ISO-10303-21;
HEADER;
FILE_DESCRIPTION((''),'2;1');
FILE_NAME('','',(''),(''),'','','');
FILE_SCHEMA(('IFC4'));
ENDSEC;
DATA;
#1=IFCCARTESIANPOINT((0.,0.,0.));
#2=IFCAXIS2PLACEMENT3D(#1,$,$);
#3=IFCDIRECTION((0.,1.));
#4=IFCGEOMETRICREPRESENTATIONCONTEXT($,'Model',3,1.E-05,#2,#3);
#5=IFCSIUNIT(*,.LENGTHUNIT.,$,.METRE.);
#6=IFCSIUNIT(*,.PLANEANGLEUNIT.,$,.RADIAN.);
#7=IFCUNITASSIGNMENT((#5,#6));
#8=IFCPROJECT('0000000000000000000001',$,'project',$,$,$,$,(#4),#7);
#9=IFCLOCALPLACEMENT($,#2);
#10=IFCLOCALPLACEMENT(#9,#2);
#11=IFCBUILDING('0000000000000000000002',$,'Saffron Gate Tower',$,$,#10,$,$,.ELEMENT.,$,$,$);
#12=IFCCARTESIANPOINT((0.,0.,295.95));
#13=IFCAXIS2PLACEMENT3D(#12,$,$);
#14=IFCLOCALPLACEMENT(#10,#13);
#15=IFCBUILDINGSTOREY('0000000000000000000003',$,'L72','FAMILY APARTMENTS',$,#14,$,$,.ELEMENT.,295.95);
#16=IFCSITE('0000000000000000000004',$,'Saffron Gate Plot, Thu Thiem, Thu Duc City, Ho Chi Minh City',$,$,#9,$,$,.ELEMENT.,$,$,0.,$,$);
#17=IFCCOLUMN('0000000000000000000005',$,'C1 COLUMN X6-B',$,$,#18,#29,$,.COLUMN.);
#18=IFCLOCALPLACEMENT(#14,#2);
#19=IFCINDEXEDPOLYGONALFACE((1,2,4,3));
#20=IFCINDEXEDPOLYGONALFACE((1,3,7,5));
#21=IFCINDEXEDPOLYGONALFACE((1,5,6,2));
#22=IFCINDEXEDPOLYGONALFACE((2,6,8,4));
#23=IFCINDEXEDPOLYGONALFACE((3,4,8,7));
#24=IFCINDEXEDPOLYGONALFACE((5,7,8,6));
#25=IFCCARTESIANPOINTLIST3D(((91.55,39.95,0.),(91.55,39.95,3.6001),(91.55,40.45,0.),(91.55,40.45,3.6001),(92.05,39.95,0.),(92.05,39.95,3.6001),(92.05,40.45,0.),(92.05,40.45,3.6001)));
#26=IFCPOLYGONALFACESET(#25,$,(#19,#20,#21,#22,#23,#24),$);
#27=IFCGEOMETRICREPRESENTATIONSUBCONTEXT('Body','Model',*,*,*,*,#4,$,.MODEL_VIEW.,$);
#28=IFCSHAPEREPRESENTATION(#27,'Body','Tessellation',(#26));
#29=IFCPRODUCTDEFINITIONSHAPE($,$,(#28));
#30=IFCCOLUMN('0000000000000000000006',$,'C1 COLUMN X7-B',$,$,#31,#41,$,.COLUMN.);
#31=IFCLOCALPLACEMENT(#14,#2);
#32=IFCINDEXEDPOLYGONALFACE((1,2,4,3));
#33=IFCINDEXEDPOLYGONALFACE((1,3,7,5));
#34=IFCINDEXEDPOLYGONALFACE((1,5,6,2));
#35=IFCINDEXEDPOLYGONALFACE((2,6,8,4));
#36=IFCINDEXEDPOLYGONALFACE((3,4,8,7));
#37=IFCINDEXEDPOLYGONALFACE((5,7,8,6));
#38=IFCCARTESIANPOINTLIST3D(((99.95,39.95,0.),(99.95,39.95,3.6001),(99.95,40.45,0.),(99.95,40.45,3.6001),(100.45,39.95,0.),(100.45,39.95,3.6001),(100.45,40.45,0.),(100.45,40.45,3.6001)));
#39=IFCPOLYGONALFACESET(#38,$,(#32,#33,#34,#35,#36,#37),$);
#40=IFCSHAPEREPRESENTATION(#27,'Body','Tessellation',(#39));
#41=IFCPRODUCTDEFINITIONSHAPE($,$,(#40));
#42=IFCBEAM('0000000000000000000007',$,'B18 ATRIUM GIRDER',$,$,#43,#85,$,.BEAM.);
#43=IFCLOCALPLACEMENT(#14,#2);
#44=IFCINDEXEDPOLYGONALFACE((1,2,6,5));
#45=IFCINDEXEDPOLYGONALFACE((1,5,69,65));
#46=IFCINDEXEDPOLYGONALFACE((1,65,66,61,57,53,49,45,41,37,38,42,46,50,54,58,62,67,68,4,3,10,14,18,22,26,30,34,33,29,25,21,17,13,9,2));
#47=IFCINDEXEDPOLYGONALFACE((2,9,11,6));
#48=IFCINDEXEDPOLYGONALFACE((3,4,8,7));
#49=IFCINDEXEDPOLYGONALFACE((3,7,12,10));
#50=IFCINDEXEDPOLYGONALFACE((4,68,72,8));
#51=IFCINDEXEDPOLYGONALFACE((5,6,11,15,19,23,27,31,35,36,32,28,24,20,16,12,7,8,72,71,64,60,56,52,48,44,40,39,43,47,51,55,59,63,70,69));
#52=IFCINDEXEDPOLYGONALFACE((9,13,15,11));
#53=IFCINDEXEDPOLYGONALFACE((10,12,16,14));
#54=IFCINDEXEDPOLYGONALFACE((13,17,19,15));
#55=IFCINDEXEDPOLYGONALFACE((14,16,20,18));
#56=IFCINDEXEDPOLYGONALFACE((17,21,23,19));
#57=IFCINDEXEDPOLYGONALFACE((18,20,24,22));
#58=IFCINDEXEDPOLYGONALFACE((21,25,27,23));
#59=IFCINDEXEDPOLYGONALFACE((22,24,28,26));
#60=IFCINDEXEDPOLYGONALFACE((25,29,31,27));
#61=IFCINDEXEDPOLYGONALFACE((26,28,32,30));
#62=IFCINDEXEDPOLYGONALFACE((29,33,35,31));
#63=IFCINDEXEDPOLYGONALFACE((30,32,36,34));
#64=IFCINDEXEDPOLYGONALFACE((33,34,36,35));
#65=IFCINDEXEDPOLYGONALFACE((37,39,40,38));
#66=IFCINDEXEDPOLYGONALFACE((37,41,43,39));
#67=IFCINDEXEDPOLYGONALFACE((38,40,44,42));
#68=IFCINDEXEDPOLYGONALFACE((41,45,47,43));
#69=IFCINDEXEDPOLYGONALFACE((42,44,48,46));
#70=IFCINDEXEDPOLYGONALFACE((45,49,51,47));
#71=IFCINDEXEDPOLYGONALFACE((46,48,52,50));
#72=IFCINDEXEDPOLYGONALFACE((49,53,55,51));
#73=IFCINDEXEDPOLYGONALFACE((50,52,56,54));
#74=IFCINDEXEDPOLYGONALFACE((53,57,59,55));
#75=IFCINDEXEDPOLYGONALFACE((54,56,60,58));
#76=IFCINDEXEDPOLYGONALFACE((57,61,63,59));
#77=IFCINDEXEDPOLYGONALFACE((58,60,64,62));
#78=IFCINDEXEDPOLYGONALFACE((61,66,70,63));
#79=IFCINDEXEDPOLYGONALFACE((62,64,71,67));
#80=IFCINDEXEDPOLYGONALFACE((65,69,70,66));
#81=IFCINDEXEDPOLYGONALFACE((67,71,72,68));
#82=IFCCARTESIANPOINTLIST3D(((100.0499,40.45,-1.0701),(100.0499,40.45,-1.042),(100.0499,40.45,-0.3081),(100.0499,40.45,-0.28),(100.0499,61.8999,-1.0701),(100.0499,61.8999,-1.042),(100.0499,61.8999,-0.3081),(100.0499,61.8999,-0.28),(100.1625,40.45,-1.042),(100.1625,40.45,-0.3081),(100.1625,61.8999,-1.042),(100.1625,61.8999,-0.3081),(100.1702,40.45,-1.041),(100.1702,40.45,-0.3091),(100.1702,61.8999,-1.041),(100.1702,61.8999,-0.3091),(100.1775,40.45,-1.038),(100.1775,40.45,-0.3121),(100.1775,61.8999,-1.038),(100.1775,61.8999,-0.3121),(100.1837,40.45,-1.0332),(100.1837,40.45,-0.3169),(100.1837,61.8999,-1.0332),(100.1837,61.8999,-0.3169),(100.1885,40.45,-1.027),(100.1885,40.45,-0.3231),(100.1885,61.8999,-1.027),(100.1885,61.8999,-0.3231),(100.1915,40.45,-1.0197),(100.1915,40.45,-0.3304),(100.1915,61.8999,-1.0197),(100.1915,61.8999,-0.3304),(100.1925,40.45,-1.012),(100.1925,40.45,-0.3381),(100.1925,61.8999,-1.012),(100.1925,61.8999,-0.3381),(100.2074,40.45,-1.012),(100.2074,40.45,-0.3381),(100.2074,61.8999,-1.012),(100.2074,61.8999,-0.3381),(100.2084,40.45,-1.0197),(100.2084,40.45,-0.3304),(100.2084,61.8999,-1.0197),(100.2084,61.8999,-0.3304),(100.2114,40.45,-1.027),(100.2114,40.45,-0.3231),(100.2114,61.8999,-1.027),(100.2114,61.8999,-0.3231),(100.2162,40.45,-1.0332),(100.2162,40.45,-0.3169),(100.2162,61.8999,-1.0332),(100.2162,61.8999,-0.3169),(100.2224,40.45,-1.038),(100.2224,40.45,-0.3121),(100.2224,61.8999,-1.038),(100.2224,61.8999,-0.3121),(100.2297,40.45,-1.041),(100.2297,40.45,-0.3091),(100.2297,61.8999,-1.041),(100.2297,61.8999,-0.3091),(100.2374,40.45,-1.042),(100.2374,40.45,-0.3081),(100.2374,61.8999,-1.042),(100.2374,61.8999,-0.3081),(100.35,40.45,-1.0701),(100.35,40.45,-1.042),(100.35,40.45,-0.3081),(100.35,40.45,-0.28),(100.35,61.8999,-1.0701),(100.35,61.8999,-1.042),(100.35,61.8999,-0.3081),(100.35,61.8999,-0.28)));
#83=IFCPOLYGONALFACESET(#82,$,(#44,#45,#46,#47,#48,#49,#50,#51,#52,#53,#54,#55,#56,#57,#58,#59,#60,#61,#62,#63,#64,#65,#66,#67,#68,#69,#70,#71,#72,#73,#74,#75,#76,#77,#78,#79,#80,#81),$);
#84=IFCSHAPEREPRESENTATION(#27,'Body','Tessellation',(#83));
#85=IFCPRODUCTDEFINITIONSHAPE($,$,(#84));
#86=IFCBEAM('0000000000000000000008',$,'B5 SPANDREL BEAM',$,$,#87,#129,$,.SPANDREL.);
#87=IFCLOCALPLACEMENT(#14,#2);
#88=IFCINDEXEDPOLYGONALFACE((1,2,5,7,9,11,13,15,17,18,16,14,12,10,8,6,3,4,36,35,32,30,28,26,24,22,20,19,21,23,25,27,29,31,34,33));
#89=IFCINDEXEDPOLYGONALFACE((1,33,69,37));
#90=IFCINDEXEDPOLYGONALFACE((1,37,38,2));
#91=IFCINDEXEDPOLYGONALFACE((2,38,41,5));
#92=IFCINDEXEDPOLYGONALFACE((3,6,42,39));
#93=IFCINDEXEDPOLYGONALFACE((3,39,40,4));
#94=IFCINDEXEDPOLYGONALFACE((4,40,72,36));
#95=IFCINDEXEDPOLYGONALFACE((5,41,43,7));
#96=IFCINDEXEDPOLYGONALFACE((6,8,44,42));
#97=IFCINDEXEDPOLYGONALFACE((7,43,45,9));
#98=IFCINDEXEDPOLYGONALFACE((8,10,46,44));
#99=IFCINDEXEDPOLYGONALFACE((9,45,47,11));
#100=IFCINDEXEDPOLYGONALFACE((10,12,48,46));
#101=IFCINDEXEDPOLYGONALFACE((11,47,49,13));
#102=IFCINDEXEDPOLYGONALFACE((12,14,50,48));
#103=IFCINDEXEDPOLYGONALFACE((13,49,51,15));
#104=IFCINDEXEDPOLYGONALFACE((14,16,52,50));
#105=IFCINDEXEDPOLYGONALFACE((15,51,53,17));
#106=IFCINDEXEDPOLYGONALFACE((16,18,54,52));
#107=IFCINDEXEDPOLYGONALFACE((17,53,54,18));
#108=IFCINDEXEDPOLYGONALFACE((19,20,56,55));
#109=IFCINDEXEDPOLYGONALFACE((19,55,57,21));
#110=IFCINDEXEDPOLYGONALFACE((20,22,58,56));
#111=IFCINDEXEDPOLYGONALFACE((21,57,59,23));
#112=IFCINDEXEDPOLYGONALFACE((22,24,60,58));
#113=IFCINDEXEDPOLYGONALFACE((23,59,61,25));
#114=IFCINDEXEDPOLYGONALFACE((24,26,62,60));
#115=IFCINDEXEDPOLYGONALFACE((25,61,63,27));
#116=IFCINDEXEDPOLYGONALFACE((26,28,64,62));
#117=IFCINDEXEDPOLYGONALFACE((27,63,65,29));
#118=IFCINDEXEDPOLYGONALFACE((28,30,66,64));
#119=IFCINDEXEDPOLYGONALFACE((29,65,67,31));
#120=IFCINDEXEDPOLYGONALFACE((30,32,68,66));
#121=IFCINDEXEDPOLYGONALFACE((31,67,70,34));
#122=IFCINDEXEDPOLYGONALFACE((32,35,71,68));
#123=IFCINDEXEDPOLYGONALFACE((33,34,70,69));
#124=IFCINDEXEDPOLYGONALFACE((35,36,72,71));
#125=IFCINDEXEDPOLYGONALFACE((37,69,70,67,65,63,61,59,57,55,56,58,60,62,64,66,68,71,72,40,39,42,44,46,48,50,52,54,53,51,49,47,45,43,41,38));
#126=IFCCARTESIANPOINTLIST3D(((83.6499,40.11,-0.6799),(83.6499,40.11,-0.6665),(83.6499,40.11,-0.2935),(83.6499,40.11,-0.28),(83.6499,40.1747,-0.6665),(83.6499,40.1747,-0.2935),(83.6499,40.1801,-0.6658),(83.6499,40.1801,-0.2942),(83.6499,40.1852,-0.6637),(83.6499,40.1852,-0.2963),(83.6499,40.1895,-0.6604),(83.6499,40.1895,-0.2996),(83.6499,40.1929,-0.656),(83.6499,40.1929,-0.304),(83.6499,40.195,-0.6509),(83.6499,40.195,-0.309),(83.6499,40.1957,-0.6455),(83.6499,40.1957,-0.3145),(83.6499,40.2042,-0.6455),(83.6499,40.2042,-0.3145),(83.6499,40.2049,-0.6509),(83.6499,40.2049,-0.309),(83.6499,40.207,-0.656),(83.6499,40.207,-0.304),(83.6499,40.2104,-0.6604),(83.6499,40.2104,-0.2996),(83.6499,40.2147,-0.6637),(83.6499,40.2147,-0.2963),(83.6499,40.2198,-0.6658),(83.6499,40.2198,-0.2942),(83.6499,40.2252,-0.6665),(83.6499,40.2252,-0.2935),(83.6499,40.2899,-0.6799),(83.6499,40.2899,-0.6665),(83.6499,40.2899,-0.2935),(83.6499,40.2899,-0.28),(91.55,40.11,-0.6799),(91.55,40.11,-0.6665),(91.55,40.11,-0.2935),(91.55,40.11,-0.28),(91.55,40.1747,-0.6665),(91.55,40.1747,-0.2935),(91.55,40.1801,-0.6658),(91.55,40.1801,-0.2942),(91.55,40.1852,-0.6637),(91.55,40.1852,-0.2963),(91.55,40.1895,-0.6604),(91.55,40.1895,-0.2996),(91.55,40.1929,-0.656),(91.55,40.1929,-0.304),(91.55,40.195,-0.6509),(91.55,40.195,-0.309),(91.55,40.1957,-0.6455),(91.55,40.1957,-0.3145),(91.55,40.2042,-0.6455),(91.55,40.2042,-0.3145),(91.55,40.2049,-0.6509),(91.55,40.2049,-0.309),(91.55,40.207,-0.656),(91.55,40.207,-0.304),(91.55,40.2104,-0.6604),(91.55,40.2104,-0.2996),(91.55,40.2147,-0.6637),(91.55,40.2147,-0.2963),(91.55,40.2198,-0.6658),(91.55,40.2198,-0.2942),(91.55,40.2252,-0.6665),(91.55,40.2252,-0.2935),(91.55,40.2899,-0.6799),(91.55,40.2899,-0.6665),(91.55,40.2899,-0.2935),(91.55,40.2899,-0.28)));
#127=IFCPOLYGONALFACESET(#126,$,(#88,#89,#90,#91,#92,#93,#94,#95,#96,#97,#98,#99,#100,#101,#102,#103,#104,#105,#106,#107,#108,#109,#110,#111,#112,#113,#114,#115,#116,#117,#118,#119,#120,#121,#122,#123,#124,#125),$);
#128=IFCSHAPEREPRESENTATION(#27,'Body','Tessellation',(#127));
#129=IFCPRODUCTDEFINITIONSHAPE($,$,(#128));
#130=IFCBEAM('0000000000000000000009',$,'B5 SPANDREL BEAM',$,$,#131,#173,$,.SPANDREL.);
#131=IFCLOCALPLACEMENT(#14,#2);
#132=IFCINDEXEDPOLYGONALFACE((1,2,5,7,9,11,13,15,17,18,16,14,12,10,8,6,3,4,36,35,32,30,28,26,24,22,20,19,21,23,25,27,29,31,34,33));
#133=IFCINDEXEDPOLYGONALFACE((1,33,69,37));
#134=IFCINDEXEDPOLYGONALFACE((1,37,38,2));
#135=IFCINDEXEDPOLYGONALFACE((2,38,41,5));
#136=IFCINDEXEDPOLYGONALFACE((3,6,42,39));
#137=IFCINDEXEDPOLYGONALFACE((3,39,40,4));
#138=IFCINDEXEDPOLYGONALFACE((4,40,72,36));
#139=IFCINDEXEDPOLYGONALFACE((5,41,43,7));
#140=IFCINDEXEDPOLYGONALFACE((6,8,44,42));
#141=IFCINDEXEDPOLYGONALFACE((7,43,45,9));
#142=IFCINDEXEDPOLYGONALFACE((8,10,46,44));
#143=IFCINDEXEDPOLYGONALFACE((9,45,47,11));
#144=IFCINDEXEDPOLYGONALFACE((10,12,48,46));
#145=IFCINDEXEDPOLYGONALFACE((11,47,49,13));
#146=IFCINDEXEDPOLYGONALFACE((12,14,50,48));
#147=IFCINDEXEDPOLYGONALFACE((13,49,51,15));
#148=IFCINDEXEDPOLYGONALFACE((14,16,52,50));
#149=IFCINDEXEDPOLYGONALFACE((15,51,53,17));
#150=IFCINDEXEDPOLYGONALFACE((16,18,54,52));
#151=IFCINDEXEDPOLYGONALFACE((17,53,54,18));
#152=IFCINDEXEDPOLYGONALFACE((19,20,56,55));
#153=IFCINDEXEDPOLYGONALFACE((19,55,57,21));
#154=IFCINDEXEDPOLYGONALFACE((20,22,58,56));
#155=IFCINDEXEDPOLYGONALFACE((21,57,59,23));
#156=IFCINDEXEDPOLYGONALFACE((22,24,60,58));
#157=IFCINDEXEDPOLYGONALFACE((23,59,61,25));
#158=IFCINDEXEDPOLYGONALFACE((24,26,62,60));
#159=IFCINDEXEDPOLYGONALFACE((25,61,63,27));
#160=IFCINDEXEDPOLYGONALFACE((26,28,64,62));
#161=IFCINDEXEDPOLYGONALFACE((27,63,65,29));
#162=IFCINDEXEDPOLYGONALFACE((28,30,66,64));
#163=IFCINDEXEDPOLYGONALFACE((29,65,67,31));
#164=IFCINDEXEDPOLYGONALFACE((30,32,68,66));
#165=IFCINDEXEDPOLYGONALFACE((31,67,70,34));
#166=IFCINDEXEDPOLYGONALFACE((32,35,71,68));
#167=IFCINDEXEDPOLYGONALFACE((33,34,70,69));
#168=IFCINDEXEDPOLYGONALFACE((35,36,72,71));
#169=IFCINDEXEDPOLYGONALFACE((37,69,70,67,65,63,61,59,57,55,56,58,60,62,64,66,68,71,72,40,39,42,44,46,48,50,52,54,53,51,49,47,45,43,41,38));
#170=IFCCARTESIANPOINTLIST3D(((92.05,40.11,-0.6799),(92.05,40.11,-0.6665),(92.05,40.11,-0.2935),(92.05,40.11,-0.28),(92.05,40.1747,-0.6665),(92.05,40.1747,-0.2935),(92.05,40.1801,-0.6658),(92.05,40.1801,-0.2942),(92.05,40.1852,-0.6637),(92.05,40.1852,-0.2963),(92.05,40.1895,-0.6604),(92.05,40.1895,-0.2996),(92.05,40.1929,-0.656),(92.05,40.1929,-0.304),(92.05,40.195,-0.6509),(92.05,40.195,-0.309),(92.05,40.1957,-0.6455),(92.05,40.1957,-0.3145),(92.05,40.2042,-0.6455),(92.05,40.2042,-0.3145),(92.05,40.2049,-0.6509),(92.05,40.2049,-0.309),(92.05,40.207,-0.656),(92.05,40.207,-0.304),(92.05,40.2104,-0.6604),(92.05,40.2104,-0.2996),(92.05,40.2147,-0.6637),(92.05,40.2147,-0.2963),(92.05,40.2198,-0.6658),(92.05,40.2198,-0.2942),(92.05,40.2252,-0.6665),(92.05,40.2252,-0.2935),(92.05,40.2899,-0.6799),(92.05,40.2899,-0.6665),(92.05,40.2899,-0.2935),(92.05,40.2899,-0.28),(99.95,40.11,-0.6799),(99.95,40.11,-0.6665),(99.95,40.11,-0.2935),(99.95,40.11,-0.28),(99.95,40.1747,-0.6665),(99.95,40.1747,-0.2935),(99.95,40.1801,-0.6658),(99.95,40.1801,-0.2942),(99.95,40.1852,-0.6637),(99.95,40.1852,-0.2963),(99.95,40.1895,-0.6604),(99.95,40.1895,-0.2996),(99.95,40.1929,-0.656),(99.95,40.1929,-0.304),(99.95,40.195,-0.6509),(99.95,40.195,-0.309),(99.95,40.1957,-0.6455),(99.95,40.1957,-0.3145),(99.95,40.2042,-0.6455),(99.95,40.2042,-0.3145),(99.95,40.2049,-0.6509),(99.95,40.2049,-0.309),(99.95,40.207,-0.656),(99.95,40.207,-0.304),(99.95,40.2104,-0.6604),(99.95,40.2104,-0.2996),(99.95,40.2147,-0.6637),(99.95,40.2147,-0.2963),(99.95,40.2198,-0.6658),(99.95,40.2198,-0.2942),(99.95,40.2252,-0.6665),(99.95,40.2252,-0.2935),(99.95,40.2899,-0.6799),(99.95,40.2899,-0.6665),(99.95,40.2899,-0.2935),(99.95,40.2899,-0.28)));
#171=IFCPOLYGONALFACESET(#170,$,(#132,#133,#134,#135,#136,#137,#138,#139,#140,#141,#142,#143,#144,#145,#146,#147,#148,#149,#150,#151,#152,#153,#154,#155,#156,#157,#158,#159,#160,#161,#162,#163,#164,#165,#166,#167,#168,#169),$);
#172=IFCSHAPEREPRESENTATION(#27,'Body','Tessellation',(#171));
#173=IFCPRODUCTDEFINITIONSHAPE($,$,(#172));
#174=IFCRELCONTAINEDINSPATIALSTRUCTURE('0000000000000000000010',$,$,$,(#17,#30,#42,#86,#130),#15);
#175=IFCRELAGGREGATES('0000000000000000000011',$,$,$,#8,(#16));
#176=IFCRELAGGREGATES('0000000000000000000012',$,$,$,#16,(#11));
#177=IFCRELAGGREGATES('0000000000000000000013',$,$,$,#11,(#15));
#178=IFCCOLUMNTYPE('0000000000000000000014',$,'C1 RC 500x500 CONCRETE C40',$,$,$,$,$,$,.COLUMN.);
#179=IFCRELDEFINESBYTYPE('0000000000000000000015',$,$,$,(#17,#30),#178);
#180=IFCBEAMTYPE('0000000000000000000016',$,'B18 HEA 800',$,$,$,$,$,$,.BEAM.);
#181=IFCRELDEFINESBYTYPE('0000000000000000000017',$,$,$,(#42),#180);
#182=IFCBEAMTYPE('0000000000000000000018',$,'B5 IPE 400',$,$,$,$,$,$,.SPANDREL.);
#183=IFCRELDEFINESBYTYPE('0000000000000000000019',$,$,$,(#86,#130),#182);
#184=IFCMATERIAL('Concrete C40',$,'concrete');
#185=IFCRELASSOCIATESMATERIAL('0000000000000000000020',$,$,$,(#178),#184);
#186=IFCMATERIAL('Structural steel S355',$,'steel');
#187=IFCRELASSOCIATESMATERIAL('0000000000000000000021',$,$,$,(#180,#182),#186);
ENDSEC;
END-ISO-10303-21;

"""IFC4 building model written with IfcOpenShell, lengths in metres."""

from ifc_helpers import new_model, si_unit, direction, frame, origin, origin_2d, place, context, subcontext, project, spatial, rectangle, i_section, extrude, material, material_profile, profile_set, type_object, element, save


model = new_model("IFC4")

# Units and contexts
model_context = context("Model", 3, precision=1e-05, world=origin(), true_north=direction((0.0, 1.0)))
body_context = subcontext(model_context, "Body", "Model", "MODEL_VIEW")
ifc_project = project(units=[si_unit("LENGTHUNIT", "METRE"), si_unit("PLANEANGLEUNIT", "RADIAN")], contexts=[model_context])

# Site, building, storey
site_placement = place(None, origin())
site = spatial("IfcSite", under=ifc_project, at=site_placement, Name="Saffron Gate Plot, Thu Thiem, Thu Duc City, Ho Chi Minh City", CompositionType="ELEMENT", RefElevation=0.0)
building_placement = place(site_placement, origin())
building = spatial("IfcBuilding", under=site, at=building_placement, Name="Saffron Gate Tower", CompositionType="ELEMENT")
storey_placement = place(building_placement, frame((0.0, 0.0, 295.95)))
storey = spatial("IfcBuildingStorey", under=building, at=storey_placement, Name="L72", Description="FAMILY APARTMENTS", CompositionType="ELEMENT", Elevation=295.95)

# Columns
ifc_material_1 = material(Name="Concrete C40", Category="concrete")
ifc_material_profile_1 = material_profile(ifc_material_1, rectangle(XDim=0.5, YDim=0.5, at=origin_2d()))
ifc_profile_set_1 = profile_set([ifc_material_profile_1], Name="Concrete C40")
column_type = type_object("IfcColumnType", Name="C1 RC 500x500 CONCRETE C40", PredefinedType="COLUMN", material=ifc_profile_set_1)
for number, where, z_axis, x_axis, name in (
    (1, (91.8, 40.2, 0.0), (0.0, 0.0, 1.0), (1.0, 0.0, 0.0), "C1 COLUMN X6-B"),
    (2, (100.2, 40.2, 0.0), (0.0, 0.0, 1.0), (1.0, 0.0, 0.0), "C1 COLUMN X7-B"),
):
    element("IfcColumn", number, at=place(storey_placement, frame(where, z_axis=z_axis, x_axis=x_axis)), inside=storey, type_object=column_type, Name=name, PredefinedType="COLUMN", context=body_context, shape_type="SweptSolid", body=[
        extrude(rectangle(XDim=0.5, YDim=0.5, at=origin_2d()), origin(), (0.0, 0.0, 1.0), 3.6001),
    ])

# Beams
ifc_material_2 = material(Name="Structural steel S355", Category="steel")
ifc_material_profile_2 = material_profile(ifc_material_2, i_section(OverallWidth=0.3, OverallDepth=0.79, WebThickness=0.0149, FlangeThickness=0.0281, FilletRadius=0.03, at=origin_2d()))
ifc_profile_set_2 = profile_set([ifc_material_profile_2], Name="Structural steel S355")
beam_type_1 = type_object("IfcBeamType", Name="B18 HEA 800", PredefinedType="BEAM", material=ifc_profile_set_2)
beam_1_placement = place(storey_placement, frame((100.2, 40.45, -0.675), z_axis=(0.0, 1.0, 0.0), x_axis=(-1.0, 0.0, 0.0)))
element("IfcBeam", 3, at=beam_1_placement, inside=storey, type_object=beam_type_1, Name="B18 ATRIUM GIRDER", PredefinedType="BEAM", context=body_context, shape_type="SweptSolid", body=[
    extrude(i_section(OverallWidth=0.3, OverallDepth=0.79, WebThickness=0.0149, FlangeThickness=0.0281, FilletRadius=0.03, at=origin_2d()), origin(), (0.0, 0.0, 1.0), 21.45),
])
ifc_material_profile_3 = material_profile(ifc_material_2, i_section(OverallWidth=0.1799, OverallDepth=0.3999, WebThickness=0.0085, FlangeThickness=0.0134, FilletRadius=0.021, at=origin_2d()))
ifc_profile_set_3 = profile_set([ifc_material_profile_3], Name="Structural steel S355")
beam_type_2 = type_object("IfcBeamType", Name="B5 IPE 400", PredefinedType="SPANDREL", material=ifc_profile_set_3)
beam_2_placement = place(storey_placement, frame((83.6499, 40.2, -0.48), z_axis=(1.0, 0.0, 0.0), x_axis=(0.0, 1.0, 0.0)))
element("IfcBeam", 4, at=beam_2_placement, inside=storey, type_object=beam_type_2, Name="B5 SPANDREL BEAM", PredefinedType="SPANDREL", context=body_context, shape_type="SweptSolid", body=[
    extrude(i_section(OverallWidth=0.1799, OverallDepth=0.3999, WebThickness=0.0085, FlangeThickness=0.0134, FilletRadius=0.021, at=origin_2d()), origin(), (0.0, 0.0, 1.0), 7.9001),
])
beam_3_placement = place(storey_placement, frame((92.05, 40.2, -0.48), z_axis=(1.0, 0.0, 0.0), x_axis=(0.0, 1.0, 0.0)))
element("IfcBeam", 5, at=beam_3_placement, inside=storey, type_object=beam_type_2, Name="B5 SPANDREL BEAM", PredefinedType="SPANDREL", context=body_context, shape_type="SweptSolid", body=[
    extrude(i_section(OverallWidth=0.1799, OverallDepth=0.3999, WebThickness=0.0085, FlangeThickness=0.0134, FilletRadius=0.021, at=origin_2d()), origin(), (0.0, 0.0, 1.0), 7.8999),
])

save(model, "model.ifc")
